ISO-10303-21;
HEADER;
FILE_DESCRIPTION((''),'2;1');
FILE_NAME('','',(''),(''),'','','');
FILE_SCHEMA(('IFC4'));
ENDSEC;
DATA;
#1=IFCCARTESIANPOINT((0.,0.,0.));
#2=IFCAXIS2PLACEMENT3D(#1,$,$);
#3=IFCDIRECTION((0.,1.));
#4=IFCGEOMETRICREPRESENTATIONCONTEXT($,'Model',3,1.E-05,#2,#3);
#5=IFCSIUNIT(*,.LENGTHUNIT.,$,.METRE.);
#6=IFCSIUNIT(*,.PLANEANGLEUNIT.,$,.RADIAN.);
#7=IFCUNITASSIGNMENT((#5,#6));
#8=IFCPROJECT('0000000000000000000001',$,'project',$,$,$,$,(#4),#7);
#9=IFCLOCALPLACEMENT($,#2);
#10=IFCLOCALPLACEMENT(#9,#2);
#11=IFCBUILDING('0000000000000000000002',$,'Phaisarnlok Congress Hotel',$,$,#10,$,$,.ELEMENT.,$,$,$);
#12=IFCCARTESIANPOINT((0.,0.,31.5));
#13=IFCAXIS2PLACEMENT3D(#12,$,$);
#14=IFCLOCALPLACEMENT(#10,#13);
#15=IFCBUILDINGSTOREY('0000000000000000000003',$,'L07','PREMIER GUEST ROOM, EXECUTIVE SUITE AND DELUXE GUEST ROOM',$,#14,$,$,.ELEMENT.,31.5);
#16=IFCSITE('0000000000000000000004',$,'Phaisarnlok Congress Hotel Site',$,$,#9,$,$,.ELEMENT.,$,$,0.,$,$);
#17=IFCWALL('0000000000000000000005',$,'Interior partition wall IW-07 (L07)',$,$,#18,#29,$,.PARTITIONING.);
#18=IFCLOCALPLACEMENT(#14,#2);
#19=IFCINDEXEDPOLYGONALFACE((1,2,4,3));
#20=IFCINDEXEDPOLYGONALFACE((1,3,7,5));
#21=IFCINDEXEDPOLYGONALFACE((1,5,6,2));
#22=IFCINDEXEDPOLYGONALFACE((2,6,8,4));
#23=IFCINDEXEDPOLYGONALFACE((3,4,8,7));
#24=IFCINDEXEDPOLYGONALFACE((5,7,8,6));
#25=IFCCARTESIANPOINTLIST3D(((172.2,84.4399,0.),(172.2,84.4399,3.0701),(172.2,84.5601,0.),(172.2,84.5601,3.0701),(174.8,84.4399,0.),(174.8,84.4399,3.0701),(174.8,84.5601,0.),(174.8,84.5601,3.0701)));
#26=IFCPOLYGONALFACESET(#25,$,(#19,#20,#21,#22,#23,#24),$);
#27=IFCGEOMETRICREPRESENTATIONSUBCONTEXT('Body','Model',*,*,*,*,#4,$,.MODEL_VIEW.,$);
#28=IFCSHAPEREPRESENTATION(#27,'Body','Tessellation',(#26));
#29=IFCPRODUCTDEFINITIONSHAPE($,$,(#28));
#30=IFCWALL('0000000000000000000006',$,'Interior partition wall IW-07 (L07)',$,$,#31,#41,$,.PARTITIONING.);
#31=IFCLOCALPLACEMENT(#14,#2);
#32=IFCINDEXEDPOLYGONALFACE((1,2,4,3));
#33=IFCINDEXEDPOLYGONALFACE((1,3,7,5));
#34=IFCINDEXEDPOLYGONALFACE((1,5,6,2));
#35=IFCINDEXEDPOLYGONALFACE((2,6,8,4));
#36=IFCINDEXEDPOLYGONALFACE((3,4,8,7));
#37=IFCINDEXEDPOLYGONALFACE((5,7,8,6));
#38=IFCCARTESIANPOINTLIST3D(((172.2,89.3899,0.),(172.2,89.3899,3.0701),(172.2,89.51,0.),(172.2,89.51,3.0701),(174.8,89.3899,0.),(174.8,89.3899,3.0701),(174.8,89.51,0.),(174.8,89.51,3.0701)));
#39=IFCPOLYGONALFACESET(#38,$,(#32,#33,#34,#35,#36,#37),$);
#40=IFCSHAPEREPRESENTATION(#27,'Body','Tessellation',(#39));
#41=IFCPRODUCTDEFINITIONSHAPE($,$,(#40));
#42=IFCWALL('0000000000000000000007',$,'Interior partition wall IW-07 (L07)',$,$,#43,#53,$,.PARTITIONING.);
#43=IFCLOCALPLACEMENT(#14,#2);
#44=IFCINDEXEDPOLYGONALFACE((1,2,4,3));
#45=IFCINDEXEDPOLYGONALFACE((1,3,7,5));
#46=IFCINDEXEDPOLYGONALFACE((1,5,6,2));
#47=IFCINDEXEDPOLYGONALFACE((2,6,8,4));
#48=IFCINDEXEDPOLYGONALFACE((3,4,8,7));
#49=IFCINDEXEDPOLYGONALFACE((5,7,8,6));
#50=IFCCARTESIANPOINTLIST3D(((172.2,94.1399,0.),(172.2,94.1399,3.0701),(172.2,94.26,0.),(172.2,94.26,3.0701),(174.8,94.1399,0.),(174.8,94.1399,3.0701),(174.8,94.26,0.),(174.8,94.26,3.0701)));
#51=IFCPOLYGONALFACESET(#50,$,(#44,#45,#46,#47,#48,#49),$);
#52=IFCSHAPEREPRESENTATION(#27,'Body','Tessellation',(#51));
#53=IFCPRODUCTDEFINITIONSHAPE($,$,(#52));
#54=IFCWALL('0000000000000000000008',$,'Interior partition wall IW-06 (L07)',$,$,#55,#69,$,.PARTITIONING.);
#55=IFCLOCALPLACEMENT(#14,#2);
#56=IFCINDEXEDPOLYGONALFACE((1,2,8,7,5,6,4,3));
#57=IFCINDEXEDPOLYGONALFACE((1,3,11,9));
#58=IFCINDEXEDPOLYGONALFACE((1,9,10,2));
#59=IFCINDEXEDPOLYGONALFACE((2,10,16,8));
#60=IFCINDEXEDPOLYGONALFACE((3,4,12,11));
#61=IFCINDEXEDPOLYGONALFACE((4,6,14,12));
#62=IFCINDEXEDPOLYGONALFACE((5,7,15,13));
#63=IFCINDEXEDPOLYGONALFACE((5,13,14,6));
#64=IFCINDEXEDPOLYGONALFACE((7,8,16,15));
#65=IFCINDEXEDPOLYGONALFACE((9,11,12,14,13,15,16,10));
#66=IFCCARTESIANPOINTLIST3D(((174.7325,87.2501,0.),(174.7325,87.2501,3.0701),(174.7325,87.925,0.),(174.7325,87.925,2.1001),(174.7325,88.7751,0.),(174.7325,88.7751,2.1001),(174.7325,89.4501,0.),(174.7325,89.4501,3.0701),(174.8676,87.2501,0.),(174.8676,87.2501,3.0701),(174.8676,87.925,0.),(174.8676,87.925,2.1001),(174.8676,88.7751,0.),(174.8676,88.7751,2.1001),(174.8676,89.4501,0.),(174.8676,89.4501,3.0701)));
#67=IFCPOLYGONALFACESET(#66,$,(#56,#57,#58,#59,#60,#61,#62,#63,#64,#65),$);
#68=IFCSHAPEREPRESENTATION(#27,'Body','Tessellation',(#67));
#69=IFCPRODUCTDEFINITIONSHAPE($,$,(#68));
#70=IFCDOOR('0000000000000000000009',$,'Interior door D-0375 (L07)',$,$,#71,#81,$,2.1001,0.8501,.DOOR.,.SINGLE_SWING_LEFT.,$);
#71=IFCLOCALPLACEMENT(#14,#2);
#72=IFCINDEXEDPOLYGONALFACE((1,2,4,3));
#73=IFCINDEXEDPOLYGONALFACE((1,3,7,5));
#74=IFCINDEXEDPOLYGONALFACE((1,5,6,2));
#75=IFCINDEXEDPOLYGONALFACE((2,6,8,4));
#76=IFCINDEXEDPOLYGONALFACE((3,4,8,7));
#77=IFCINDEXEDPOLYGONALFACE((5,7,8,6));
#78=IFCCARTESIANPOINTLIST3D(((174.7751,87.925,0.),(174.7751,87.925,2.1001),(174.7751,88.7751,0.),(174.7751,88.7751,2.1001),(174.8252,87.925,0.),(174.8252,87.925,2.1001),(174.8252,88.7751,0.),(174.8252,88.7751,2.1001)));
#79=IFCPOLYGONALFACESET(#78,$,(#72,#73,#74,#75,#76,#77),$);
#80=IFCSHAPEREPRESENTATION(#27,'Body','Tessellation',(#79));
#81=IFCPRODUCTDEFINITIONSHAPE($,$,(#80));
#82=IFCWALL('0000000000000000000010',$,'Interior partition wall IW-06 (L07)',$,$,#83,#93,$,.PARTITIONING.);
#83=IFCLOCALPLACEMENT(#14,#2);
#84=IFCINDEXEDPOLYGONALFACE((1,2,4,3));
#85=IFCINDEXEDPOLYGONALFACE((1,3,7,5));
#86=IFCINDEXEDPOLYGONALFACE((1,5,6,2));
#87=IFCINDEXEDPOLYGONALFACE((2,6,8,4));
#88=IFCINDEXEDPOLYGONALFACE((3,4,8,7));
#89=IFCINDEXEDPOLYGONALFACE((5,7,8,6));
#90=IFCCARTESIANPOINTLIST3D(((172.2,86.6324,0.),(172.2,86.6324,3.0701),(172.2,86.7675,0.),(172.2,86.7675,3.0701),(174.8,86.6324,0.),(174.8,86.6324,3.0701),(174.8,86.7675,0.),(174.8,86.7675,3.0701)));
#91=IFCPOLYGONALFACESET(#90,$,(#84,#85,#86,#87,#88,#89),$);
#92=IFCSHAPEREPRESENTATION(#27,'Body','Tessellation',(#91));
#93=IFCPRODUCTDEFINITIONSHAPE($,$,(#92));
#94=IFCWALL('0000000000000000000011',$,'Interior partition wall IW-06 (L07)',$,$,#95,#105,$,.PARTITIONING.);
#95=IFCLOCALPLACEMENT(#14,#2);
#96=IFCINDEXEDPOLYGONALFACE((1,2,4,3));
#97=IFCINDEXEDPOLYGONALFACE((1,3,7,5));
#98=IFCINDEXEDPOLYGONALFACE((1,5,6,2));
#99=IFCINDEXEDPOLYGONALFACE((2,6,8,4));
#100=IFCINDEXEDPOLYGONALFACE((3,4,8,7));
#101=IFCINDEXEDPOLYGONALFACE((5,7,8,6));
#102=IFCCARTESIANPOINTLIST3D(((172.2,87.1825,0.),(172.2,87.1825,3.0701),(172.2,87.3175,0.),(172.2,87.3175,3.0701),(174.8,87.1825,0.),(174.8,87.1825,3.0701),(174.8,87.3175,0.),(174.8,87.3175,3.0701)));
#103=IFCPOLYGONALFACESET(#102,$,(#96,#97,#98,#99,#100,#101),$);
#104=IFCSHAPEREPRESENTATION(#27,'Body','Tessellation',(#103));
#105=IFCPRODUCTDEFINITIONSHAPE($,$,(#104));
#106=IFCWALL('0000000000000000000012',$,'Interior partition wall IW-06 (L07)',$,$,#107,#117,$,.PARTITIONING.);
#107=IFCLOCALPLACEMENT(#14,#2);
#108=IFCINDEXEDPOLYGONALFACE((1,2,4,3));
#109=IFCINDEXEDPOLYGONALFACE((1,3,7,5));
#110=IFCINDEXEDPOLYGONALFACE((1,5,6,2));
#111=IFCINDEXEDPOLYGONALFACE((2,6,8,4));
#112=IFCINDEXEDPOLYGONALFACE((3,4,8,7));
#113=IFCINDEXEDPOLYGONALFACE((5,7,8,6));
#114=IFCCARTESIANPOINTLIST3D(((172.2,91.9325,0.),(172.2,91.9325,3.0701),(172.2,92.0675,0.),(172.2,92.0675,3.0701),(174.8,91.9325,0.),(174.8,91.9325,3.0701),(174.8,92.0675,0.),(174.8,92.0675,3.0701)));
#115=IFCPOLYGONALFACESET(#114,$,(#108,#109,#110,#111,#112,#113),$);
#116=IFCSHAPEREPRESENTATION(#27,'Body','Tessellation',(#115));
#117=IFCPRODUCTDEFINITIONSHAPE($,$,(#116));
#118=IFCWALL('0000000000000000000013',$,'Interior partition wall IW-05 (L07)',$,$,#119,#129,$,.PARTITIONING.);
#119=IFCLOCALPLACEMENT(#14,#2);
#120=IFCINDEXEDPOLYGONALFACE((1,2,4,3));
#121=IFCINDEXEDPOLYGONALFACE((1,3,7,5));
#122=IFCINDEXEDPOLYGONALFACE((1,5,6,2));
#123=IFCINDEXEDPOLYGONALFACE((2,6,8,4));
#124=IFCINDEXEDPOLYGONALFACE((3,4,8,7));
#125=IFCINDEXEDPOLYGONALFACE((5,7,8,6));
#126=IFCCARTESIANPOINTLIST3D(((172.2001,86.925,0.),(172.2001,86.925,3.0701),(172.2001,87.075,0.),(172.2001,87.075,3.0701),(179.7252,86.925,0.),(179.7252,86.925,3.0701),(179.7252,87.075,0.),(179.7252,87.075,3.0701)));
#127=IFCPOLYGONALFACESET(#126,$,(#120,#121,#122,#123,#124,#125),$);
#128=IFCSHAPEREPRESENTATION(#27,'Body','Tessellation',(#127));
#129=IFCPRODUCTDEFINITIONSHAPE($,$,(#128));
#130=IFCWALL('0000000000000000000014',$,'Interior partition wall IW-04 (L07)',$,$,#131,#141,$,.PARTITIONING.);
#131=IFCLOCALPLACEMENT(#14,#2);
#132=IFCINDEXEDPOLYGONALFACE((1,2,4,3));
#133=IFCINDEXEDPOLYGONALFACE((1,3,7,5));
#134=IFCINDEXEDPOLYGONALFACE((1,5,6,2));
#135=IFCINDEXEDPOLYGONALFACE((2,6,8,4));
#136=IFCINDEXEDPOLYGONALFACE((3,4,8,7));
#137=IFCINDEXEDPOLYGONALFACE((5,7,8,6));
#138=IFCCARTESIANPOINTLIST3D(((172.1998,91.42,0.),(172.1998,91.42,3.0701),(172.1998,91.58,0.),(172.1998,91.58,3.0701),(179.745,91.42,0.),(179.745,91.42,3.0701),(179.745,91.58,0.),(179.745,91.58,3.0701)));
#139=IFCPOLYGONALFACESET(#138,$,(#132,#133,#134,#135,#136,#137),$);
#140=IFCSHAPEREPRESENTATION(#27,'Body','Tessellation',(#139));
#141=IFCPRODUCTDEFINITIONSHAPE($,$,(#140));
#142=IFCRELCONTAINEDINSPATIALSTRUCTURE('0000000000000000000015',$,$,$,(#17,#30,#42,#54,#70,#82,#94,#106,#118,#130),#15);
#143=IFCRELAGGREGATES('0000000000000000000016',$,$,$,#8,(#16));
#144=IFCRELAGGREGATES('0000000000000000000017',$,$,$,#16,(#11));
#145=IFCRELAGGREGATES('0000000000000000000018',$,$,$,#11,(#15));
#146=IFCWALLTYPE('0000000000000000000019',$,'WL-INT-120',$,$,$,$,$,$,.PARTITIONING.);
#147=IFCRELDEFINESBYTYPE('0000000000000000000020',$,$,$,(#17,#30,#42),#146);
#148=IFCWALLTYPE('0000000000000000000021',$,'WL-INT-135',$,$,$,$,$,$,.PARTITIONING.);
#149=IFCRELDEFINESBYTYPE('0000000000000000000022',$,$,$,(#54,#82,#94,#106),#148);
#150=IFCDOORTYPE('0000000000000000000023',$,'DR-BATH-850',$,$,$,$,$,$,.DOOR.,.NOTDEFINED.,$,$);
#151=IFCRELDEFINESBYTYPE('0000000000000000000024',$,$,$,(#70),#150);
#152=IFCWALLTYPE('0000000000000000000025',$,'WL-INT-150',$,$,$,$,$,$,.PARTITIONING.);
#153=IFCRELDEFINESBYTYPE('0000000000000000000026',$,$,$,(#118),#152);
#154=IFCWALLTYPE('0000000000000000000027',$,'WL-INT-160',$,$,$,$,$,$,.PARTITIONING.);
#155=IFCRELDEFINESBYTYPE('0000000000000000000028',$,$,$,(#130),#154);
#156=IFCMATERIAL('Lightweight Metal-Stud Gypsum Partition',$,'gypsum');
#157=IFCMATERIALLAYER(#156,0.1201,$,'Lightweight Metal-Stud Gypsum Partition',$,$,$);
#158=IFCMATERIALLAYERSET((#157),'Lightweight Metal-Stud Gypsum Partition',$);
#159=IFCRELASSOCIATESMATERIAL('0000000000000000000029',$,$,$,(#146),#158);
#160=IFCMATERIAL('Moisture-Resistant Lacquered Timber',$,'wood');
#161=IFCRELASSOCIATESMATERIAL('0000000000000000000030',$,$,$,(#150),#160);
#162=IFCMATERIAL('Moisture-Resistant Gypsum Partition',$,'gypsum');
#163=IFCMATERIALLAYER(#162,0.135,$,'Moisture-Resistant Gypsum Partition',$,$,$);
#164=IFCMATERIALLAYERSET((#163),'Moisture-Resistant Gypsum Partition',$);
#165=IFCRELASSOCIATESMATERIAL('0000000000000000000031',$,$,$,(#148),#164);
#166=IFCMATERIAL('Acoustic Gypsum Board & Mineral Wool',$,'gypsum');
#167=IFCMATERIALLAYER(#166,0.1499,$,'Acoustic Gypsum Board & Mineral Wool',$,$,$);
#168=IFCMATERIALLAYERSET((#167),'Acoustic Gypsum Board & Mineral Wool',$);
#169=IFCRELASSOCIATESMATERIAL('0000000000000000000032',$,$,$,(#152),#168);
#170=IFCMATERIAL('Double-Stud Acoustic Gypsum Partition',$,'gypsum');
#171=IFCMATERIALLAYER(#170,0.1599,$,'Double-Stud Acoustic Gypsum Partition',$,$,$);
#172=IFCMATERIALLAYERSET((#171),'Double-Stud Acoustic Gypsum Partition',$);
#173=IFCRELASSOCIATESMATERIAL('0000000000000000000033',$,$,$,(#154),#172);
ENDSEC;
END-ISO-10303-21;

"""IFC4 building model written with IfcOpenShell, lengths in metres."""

from ifc_helpers import new_model, si_unit, direction, frame, frame_2d, origin, place, context, subcontext, project, spatial, rectangle, extrude, material, layer, layer_set, type_object, element, fill, save


model = new_model("IFC4")

# Units and contexts
model_context = context("Model", 3, precision=1e-05, world=origin(), true_north=direction((0.0, 1.0)))
body_context = subcontext(model_context, "Body", "Model", "MODEL_VIEW")
ifc_project = project(units=[si_unit("LENGTHUNIT", "METRE"), si_unit("PLANEANGLEUNIT", "RADIAN")], contexts=[model_context])

# Site, building, storey
site_placement = place(None, origin())
site = spatial("IfcSite", under=ifc_project, at=site_placement, Name="Phaisarnlok Congress Hotel Site", CompositionType="ELEMENT", RefElevation=0.0)
building_placement = place(site_placement, origin())
building = spatial("IfcBuilding", under=site, at=building_placement, Name="Phaisarnlok Congress Hotel", CompositionType="ELEMENT")
storey_placement = place(building_placement, frame((0.0, 0.0, 31.5)))
storey = spatial("IfcBuildingStorey", under=building, at=storey_placement, Name="L07", Description="PREMIER GUEST ROOM, EXECUTIVE SUITE AND DELUXE GUEST ROOM", CompositionType="ELEMENT", Elevation=31.5)

# Shared definitions
ifc_material_1 = material(Name="Lightweight Metal-Stud Gypsum Partition", Category="gypsum")
ifc_layer_1 = layer(ifc_material_1, 0.1201, Name="Lightweight Metal-Stud Gypsum Partition")
ifc_layer_set_1 = layer_set([ifc_layer_1], Name="Lightweight Metal-Stud Gypsum Partition")
wall_type_1 = type_object("IfcWallType", Name="WL-INT-120", PredefinedType="PARTITIONING", material=ifc_layer_set_1)
ifc_material_2 = material(Name="Moisture-Resistant Lacquered Timber", Category="wood")
door_type = type_object("IfcDoorType", Name="DR-BATH-850", OperationType="NOTDEFINED", PredefinedType="DOOR", material=ifc_material_2)

# Walls
for number, where, z_axis, x_axis, name in (
    (1, (172.2, 84.5, 0.0), (0.0, 0.0, 1.0), (1.0, 0.0, 0.0), "Interior partition wall IW-07 (L07)"),
    (2, (172.2, 89.45, 0.0), (0.0, 0.0, 1.0), (1.0, 0.0, 0.0), "Interior partition wall IW-07 (L07)"),
    (3, (172.2, 94.2, 0.0), (0.0, 0.0, 1.0), (1.0, 0.0, 0.0), "Interior partition wall IW-07 (L07)"),
):
    element("IfcWall", number, at=place(storey_placement, frame(where, z_axis=z_axis, x_axis=x_axis)), inside=storey, type_object=wall_type_1, Name=name, PredefinedType="PARTITIONING", context=body_context, shape_type="SweptSolid", body=[
        extrude(rectangle(XDim=2.6001, YDim=0.1201, at=frame_2d((1.3, 0.0))), origin(), (0.0, 0.0, 1.0), 3.0701),
    ])

# Wall, opening, door
ifc_material_3 = material(Name="Moisture-Resistant Gypsum Partition", Category="gypsum")
ifc_layer_2 = layer(ifc_material_3, 0.135, Name="Moisture-Resistant Gypsum Partition")
ifc_layer_set_2 = layer_set([ifc_layer_2], Name="Moisture-Resistant Gypsum Partition")
wall_type_2 = type_object("IfcWallType", Name="WL-INT-135", PredefinedType="PARTITIONING", material=ifc_layer_set_2)
wall_1_placement = place(storey_placement, frame((174.8, 87.25, 0.0), z_axis=(0.0, 0.0, 1.0), x_axis=(0.0, 1.0, 0.0)))
wall_1 = element("IfcWall", 4, at=wall_1_placement, inside=storey, type_object=wall_type_2, Name="Interior partition wall IW-06 (L07)", PredefinedType="PARTITIONING", context=body_context, shape_type="SweptSolid", body=[
    extrude(rectangle(XDim=2.2, YDim=0.135, at=frame_2d((1.1001, 0.0))), origin(), (0.0, 0.0, 1.0), 3.0701),
])
opening_1_placement = place(wall_1_placement, frame((0.675, 0.0, 0.0)))
opening_1 = element("IfcOpeningElement", 5, at=opening_1_placement, cuts=wall_1, PredefinedType="OPENING", context=body_context, shape_type="SweptSolid", body=[
    extrude(rectangle(XDim=0.8501, YDim=2.1001, at=frame_2d((0.425, 1.05))), frame((0.0, 0.0776, 0.0), z_axis=(0.0, -1.0, 0.0), x_axis=(1.0, 0.0, 0.0)), (0.0, 0.0, 1.0), 0.155),
])
door_1_placement = place(opening_1_placement, origin())
door_1 = element("IfcDoor", 6, at=door_1_placement, inside=storey, type_object=door_type, Name="Interior door D-0375 (L07)", OperationType="SINGLE_SWING_LEFT", OverallHeight=2.1001, OverallWidth=0.8501, PredefinedType="DOOR", context=body_context, shape_type="SweptSolid", body=[
    extrude(rectangle(XDim=0.8501, YDim=2.1001, at=frame_2d((0.425, 1.05))), frame((0.0, 0.0249, 0.0), z_axis=(0.0, -1.0, 0.0), x_axis=(1.0, 0.0, 0.0)), (0.0, 0.0, 1.0), 0.05),
])
fill(opening_1, door_1)

# Walls
for number, where, z_axis, x_axis, name in (
    (7, (172.2, 86.7, 0.0), (0.0, 0.0, 1.0), (1.0, 0.0, 0.0), "Interior partition wall IW-06 (L07)"),
    (8, (172.2, 87.25, 0.0), (0.0, 0.0, 1.0), (1.0, 0.0, 0.0), "Interior partition wall IW-06 (L07)"),
    (9, (172.2, 92.0, 0.0), (0.0, 0.0, 1.0), (1.0, 0.0, 0.0), "Interior partition wall IW-06 (L07)"),
):
    element("IfcWall", number, at=place(storey_placement, frame(where, z_axis=z_axis, x_axis=x_axis)), inside=storey, type_object=wall_type_2, Name=name, PredefinedType="PARTITIONING", context=body_context, shape_type="SweptSolid", body=[
        extrude(rectangle(XDim=2.6001, YDim=0.135, at=frame_2d((1.3, 0.0))), origin(), (0.0, 0.0, 1.0), 3.0701),
    ])
ifc_material_4 = material(Name="Acoustic Gypsum Board & Mineral Wool", Category="gypsum")
ifc_layer_3 = layer(ifc_material_4, 0.1499, Name="Acoustic Gypsum Board & Mineral Wool")
ifc_layer_set_3 = layer_set([ifc_layer_3], Name="Acoustic Gypsum Board & Mineral Wool")
wall_type_3 = type_object("IfcWallType", Name="WL-INT-150", PredefinedType="PARTITIONING", material=ifc_layer_set_3)
wall_2_placement = place(storey_placement, frame((172.2, 87.0, 0.0), z_axis=(0.0, 0.0, 1.0), x_axis=(1.0, 0.0, 0.0)))
element("IfcWall", 10, at=wall_2_placement, inside=storey, type_object=wall_type_3, Name="Interior partition wall IW-05 (L07)", PredefinedType="PARTITIONING", context=body_context, shape_type="SweptSolid", body=[
    extrude(rectangle(XDim=7.5251, YDim=0.1499, at=frame_2d((3.7627, 0.0))), origin(), (0.0, 0.0, 1.0), 3.0701),
])
ifc_material_5 = material(Name="Double-Stud Acoustic Gypsum Partition", Category="gypsum")
ifc_layer_4 = layer(ifc_material_5, 0.1599, Name="Double-Stud Acoustic Gypsum Partition")
ifc_layer_set_4 = layer_set([ifc_layer_4], Name="Double-Stud Acoustic Gypsum Partition")
wall_type_4 = type_object("IfcWallType", Name="WL-INT-160", PredefinedType="PARTITIONING", material=ifc_layer_set_4)
wall_3_placement = place(storey_placement, frame((172.2, 91.5, 0.0), z_axis=(0.0, 0.0, 1.0), x_axis=(1.0, 0.0, 0.0)))
element("IfcWall", 11, at=wall_3_placement, inside=storey, type_object=wall_type_4, Name="Interior partition wall IW-04 (L07)", PredefinedType="PARTITIONING", context=body_context, shape_type="SweptSolid", body=[
    extrude(rectangle(XDim=7.5452, YDim=0.1599, at=frame_2d((3.7725, 0.0))), origin(), (0.0, 0.0, 1.0), 3.0701),
])

save(model, "model.ifc")
